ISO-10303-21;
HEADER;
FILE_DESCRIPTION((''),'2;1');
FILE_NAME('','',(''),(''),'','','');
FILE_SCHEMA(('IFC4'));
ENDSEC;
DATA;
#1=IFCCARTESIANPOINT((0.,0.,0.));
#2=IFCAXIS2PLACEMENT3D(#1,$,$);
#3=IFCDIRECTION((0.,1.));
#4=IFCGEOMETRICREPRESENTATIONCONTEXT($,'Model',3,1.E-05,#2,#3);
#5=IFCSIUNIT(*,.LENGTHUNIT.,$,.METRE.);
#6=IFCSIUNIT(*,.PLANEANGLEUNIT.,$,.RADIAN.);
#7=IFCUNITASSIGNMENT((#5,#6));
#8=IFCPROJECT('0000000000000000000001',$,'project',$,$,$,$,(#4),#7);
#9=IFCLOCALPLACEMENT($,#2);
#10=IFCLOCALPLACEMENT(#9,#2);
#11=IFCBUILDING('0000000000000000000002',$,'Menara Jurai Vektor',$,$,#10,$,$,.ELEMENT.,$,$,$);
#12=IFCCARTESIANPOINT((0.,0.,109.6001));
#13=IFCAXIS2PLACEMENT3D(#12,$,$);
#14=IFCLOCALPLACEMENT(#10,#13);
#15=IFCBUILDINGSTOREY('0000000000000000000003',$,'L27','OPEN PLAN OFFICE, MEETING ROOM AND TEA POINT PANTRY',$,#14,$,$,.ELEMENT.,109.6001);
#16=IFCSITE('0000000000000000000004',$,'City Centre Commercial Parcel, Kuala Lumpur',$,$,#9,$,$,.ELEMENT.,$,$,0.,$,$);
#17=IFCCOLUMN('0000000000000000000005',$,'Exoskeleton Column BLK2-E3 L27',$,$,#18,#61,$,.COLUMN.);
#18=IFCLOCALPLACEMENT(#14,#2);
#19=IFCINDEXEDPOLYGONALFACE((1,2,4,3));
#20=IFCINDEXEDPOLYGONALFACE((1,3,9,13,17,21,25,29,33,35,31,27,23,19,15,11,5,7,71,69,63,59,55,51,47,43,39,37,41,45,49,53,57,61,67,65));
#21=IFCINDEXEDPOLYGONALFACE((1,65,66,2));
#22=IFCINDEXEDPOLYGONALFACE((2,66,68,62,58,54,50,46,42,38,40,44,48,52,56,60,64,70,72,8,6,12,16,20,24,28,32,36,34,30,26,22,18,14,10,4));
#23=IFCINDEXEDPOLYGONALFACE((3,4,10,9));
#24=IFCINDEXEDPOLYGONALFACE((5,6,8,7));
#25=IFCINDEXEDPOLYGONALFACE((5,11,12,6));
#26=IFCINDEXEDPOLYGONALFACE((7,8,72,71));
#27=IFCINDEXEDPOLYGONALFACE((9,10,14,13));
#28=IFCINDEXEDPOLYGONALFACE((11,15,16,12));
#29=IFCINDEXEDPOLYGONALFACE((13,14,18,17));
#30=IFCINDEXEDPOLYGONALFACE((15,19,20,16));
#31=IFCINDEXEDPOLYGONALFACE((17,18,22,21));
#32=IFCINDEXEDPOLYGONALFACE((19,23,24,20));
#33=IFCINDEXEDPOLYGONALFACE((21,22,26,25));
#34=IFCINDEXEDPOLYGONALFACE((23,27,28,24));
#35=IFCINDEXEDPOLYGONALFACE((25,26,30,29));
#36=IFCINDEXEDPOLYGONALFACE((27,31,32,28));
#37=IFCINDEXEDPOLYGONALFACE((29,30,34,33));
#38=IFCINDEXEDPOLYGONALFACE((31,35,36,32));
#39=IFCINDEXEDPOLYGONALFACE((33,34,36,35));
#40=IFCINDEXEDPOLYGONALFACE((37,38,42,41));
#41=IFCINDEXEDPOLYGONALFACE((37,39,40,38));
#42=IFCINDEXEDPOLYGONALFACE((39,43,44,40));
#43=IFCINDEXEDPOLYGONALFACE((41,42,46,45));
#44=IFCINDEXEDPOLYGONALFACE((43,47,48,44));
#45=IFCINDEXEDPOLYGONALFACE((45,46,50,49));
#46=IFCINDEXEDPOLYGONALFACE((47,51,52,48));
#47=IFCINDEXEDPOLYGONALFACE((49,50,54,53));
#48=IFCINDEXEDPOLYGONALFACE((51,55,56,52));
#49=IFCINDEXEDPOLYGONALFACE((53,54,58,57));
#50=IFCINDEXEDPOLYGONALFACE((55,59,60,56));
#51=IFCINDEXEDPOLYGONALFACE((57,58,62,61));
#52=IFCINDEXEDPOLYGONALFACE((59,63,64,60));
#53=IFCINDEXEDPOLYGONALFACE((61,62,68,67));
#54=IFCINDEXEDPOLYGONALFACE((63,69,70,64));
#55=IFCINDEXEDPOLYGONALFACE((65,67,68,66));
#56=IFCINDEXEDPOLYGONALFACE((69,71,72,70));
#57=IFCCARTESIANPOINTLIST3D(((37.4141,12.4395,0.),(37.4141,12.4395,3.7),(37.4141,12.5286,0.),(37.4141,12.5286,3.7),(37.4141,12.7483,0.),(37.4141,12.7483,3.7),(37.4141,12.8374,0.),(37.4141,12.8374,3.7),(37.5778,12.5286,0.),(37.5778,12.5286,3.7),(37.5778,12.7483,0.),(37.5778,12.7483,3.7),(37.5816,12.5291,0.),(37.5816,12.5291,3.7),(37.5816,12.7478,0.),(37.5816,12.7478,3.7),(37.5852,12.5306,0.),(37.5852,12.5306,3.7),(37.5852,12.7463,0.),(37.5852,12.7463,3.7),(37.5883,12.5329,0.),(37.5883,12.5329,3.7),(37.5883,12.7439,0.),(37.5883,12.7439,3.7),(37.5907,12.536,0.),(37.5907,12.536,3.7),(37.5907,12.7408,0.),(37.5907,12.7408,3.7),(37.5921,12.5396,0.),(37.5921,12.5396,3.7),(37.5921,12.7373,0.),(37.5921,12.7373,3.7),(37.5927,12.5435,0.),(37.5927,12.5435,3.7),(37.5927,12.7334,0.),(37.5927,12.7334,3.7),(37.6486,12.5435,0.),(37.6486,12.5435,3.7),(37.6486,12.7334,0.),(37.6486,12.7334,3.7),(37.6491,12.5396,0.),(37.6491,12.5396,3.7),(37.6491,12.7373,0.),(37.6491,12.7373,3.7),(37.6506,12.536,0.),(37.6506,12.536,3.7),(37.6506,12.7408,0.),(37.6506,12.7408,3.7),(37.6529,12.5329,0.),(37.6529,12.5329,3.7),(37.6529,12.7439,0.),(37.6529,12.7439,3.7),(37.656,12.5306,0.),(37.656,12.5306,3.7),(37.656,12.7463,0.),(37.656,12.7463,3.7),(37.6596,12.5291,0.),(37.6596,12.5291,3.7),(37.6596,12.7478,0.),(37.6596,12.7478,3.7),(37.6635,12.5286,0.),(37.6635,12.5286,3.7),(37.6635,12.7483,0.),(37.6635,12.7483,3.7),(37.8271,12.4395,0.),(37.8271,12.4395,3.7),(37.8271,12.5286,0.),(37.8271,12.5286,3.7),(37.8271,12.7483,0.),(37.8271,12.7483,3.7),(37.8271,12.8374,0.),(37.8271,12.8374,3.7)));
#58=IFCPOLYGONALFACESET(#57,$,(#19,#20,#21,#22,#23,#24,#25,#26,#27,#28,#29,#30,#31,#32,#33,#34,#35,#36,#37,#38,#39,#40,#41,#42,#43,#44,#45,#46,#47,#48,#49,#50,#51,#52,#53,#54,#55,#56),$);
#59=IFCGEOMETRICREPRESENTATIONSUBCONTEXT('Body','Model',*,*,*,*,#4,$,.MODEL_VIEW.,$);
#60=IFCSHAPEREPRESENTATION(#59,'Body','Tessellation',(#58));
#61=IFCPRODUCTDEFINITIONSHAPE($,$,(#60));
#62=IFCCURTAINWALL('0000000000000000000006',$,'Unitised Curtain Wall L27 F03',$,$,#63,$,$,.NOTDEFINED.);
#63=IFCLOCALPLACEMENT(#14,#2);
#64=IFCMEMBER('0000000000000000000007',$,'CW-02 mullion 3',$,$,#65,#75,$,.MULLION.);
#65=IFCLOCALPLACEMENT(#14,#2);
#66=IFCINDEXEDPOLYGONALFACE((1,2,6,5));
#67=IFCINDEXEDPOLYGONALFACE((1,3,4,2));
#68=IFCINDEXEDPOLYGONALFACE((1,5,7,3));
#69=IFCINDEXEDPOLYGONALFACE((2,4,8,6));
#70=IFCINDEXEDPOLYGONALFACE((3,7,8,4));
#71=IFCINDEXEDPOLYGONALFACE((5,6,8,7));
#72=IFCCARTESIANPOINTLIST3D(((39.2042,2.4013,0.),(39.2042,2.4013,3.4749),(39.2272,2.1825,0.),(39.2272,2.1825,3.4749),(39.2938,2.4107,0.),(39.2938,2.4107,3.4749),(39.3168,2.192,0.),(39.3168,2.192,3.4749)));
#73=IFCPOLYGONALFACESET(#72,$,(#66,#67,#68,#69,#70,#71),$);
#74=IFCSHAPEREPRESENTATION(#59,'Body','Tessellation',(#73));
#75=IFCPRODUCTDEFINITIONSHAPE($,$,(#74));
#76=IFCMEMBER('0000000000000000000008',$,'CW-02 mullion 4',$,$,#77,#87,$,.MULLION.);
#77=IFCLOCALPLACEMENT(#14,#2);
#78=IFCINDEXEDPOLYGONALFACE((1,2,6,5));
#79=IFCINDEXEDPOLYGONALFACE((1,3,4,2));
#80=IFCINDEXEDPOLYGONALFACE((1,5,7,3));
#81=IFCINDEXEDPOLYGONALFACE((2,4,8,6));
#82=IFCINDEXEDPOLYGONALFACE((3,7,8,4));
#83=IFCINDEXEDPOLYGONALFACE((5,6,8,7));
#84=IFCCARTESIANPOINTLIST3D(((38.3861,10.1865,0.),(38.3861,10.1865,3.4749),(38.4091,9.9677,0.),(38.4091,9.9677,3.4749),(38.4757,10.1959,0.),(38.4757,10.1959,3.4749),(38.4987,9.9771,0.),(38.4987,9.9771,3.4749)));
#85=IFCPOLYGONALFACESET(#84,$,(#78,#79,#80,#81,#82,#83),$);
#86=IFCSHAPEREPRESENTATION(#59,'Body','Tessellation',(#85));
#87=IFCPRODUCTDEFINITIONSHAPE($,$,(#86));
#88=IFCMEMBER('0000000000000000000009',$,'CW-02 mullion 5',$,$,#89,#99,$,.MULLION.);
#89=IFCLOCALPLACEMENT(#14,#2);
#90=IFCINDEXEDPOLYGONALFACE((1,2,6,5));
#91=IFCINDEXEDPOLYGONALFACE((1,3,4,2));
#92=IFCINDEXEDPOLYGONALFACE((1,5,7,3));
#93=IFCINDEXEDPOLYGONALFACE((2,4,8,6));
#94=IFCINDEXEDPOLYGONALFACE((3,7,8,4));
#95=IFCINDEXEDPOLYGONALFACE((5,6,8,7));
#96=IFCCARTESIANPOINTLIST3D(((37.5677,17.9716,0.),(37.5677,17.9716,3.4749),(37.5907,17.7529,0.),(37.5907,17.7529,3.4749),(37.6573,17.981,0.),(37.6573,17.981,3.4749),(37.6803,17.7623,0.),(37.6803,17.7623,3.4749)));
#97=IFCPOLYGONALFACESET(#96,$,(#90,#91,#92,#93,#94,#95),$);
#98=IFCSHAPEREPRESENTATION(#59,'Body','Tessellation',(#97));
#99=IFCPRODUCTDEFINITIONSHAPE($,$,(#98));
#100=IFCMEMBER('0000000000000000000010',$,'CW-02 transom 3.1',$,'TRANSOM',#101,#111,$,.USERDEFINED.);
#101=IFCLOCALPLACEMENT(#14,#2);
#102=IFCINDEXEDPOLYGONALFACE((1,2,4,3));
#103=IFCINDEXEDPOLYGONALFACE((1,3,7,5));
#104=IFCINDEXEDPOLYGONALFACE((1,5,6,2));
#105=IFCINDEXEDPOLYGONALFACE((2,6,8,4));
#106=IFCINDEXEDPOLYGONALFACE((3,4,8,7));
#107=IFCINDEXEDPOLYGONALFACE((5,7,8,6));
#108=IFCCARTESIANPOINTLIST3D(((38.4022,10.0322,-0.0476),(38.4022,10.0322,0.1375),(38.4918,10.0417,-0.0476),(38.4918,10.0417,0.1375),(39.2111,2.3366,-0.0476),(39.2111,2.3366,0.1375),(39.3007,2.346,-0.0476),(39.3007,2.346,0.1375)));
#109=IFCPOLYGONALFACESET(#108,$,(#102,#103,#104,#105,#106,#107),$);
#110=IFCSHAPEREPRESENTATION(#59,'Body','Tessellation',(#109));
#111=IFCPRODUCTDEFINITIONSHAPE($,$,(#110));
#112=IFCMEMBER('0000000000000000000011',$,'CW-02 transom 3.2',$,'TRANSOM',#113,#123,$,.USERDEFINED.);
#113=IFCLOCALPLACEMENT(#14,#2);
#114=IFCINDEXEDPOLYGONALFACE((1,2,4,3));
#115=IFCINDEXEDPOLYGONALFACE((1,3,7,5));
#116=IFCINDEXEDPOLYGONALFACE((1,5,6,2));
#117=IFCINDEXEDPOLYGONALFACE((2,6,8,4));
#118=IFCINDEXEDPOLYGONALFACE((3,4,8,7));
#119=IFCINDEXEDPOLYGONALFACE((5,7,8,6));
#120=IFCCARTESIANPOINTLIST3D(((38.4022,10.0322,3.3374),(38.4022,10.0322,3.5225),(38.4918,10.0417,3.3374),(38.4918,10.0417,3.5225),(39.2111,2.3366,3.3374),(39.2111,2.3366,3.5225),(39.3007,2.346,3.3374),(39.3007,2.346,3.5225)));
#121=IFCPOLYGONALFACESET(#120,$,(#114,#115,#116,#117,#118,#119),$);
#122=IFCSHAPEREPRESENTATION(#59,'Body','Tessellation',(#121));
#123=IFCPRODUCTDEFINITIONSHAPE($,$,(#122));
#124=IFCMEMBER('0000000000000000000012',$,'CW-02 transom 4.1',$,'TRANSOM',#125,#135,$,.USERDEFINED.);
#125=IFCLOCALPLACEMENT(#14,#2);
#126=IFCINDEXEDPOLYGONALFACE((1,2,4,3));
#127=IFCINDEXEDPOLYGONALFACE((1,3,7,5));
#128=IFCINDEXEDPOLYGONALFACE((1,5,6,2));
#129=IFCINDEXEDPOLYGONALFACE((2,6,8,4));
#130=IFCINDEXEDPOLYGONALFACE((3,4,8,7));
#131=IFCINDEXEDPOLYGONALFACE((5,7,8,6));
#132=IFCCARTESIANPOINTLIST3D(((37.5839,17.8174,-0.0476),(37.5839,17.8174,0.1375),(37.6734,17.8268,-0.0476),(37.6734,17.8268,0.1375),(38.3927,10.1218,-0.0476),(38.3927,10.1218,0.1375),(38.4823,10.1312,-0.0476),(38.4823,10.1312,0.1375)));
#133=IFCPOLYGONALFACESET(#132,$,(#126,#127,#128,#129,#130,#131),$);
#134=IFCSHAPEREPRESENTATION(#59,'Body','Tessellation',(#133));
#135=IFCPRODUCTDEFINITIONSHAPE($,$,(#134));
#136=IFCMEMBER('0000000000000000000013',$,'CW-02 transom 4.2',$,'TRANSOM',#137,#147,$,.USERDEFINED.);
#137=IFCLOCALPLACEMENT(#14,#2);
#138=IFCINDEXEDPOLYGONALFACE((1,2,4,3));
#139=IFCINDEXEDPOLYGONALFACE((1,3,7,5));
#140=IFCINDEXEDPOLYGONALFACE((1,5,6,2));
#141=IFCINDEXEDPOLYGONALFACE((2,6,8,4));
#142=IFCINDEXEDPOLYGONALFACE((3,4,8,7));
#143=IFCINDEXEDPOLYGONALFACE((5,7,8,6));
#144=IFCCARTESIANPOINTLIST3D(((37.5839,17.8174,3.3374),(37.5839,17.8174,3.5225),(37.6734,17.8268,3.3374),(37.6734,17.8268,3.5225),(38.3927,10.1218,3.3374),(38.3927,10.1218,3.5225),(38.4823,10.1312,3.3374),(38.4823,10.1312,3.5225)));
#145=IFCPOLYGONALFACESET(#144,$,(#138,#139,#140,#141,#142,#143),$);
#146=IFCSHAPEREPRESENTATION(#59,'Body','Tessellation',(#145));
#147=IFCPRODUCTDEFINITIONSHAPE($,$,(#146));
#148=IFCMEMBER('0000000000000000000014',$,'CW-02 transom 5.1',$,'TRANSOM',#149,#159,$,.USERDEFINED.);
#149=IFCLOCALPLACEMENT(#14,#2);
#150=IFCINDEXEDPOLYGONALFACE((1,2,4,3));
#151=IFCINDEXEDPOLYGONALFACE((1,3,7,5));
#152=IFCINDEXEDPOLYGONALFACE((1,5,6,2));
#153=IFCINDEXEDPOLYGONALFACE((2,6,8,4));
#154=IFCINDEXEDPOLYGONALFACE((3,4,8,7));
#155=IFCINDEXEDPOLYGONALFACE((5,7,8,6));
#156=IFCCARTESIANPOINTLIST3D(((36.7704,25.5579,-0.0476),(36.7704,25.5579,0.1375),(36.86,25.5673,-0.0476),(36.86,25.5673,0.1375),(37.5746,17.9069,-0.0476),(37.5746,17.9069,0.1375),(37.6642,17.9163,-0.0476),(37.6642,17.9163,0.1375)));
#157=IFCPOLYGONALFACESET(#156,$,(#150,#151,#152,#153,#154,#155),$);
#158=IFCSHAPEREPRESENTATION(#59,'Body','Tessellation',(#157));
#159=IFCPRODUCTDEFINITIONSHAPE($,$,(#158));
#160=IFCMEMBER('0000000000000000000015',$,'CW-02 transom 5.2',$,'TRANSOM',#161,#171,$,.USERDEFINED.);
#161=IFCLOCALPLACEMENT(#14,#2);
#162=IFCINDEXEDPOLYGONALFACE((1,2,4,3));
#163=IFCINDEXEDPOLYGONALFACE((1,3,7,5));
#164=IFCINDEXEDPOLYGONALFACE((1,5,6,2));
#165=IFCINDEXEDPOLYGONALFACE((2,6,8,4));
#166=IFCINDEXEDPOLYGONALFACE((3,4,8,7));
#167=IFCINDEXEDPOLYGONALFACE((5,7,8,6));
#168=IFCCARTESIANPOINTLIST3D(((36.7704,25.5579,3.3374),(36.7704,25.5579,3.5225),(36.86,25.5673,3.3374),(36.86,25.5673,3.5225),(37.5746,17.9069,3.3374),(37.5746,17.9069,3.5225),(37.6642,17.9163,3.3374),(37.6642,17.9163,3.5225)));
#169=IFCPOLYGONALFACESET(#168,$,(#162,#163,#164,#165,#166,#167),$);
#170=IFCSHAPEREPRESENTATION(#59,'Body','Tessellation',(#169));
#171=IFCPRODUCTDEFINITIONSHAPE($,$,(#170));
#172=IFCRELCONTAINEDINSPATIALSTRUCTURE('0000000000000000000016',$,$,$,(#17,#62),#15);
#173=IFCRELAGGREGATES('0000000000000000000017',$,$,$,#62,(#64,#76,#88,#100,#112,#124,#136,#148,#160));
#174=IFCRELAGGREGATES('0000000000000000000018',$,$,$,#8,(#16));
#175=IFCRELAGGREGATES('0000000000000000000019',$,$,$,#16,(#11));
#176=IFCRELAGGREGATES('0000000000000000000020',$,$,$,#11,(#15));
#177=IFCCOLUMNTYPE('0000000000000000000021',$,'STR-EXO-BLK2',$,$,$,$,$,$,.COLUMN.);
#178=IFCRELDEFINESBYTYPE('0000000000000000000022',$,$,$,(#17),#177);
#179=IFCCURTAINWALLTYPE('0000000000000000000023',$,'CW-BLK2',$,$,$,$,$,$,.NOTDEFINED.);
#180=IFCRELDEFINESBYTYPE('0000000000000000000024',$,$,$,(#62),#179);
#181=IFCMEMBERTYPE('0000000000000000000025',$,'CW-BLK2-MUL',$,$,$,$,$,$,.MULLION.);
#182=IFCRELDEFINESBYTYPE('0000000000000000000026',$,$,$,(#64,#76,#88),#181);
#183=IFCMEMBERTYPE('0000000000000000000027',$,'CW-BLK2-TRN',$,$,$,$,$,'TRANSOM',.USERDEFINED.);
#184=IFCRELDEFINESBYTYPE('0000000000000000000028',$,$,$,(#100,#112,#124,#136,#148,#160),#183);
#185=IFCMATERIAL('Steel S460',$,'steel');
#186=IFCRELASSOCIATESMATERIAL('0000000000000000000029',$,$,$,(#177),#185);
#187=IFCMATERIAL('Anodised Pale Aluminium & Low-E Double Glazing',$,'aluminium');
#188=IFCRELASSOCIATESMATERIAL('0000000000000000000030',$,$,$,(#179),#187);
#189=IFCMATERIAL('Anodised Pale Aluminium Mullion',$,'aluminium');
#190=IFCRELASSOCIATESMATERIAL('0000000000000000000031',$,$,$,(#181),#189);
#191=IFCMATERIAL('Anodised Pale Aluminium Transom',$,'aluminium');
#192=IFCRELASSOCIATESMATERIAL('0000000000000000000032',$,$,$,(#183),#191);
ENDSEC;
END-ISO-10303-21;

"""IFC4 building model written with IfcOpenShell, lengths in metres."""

from ifc_helpers import new_model, si_unit, direction, frame, origin, origin_2d, place, context, subcontext, project, spatial, rectangle, i_section, extrude, material, material_profile, profile_set, type_object, element, aggregate, save


model = new_model("IFC4")

# Units and contexts
model_context = context("Model", 3, precision=1e-05, world=origin(), true_north=direction((0.0, 1.0)))
body_context = subcontext(model_context, "Body", "Model", "MODEL_VIEW")
ifc_project = project(units=[si_unit("LENGTHUNIT", "METRE"), si_unit("PLANEANGLEUNIT", "RADIAN")], contexts=[model_context])

# Site, building, storey
site_placement = place(None, origin())
site = spatial("IfcSite", under=ifc_project, at=site_placement, Name="City Centre Commercial Parcel, Kuala Lumpur", CompositionType="ELEMENT", RefElevation=0.0)
building_placement = place(site_placement, origin())
building = spatial("IfcBuilding", under=site, at=building_placement, Name="Menara Jurai Vektor", CompositionType="ELEMENT")
storey_placement = place(building_placement, frame((0.0, 0.0, 109.6001)))
storey = spatial("IfcBuildingStorey", under=building, at=storey_placement, Name="L27", Description="OPEN PLAN OFFICE, MEETING ROOM AND TEA POINT PANTRY", CompositionType="ELEMENT", Elevation=109.6001)

# Column
ifc_material_1 = material(Name="Steel S460", Category="steel")
ifc_material_profile_1 = material_profile(ifc_material_1, i_section(OverallWidth=0.4131, OverallDepth=0.3979, WebThickness=0.0559, FlangeThickness=0.0891, FilletRadius=0.0149, at=origin_2d()), Name="HD 400x744")
ifc_profile_set_1 = profile_set([ifc_material_profile_1], Name="Steel S460")
column_type = type_object("IfcColumnType", Name="STR-EXO-BLK2", PredefinedType="COLUMN", material=ifc_profile_set_1)
column_placement = place(storey_placement, frame((37.6206, 12.6384, 0.0), z_axis=(0.0, 0.0, 1.0), x_axis=(1.0, 0.0, 0.0)))
element("IfcColumn", 1, at=column_placement, inside=storey, type_object=column_type, Name="Exoskeleton Column BLK2-E3 L27", PredefinedType="COLUMN", context=body_context, shape_type="SweptSolid", body=[
    extrude(i_section(OverallWidth=0.4131, OverallDepth=0.3979, WebThickness=0.0559, FlangeThickness=0.0891, FilletRadius=0.0149, at=origin_2d()), origin(), (0.0, 0.0, 1.0), 3.7),
])

# Curtain wall, members
ifc_material_2 = material(Name="Anodised Pale Aluminium & Low-E Double Glazing", Category="aluminium")
curtain_wall_type = type_object("IfcCurtainWallType", Name="CW-BLK2", PredefinedType="NOTDEFINED", material=ifc_material_2)
curtain_wall_placement = place(storey_placement, origin())
curtain_wall = element("IfcCurtainWall", 2, at=curtain_wall_placement, inside=storey, type_object=curtain_wall_type, Name="Unitised Curtain Wall L27 F03", PredefinedType="NOTDEFINED")
ifc_material_3 = material(Name="Anodised Pale Aluminium Mullion", Category="aluminium")
ifc_material_profile_2 = material_profile(ifc_material_3, rectangle(XDim=0.0901, YDim=0.22, at=origin_2d()), Name="ALU MUL 90x220")
ifc_profile_set_2 = profile_set([ifc_material_profile_2], Name="Anodised Pale Aluminium Mullion")
member_type_1 = type_object("IfcMemberType", Name="CW-BLK2-MUL", PredefinedType="MULLION", material=ifc_profile_set_2)
member_1_placement = place(storey_placement, frame((39.2605, 2.2966, 0.0), z_axis=(0.0, 0.0, 1.0), x_axis=(-0.994522, -0.10453, 0.0)))
member_1 = element("IfcMember", 3, at=member_1_placement, type_object=member_type_1, Name="CW-02 mullion 3", PredefinedType="MULLION", context=body_context, shape_type="SweptSolid", body=[
    extrude(rectangle(XDim=0.0901, YDim=0.22, at=origin_2d()), origin(), (0.0, 0.0, 1.0), 3.4749),
])
member_2_placement = place(storey_placement, frame((38.4424, 10.0818, 0.0), z_axis=(0.0, 0.0, 1.0), x_axis=(-0.994522, -0.10453, 0.0)))
member_2 = element("IfcMember", 4, at=member_2_placement, type_object=member_type_1, Name="CW-02 mullion 4", PredefinedType="MULLION", context=body_context, shape_type="SweptSolid", body=[
    extrude(rectangle(XDim=0.0901, YDim=0.22, at=origin_2d()), origin(), (0.0, 0.0, 1.0), 3.4749),
])
member_3_placement = place(storey_placement, frame((37.624, 17.8669, 0.0), z_axis=(0.0, 0.0, 1.0), x_axis=(-0.994522, -0.10453, 0.0)))
member_3 = element("IfcMember", 5, at=member_3_placement, type_object=member_type_1, Name="CW-02 mullion 5", PredefinedType="MULLION", context=body_context, shape_type="SweptSolid", body=[
    extrude(rectangle(XDim=0.0901, YDim=0.22, at=origin_2d()), origin(), (0.0, 0.0, 1.0), 3.4749),
])
ifc_material_4 = material(Name="Anodised Pale Aluminium Transom", Category="aluminium")
ifc_material_profile_3 = material_profile(ifc_material_4, rectangle(XDim=0.0901, YDim=0.1851, at=origin_2d()), Name="ALU TRN 90x185")
ifc_profile_set_3 = profile_set([ifc_material_profile_3], Name="Anodised Pale Aluminium Transom")
member_type_2 = type_object("IfcMemberType", Name="CW-BLK2-TRN", ElementType="TRANSOM", PredefinedType="USERDEFINED", material=ifc_profile_set_3)
member_4_placement = place(storey_placement, frame((39.2559, 2.3413, 0.0449), z_axis=(-0.104529, 0.994522, 0.0), x_axis=(-0.994522, -0.104529, 0.0)))
member_4 = element("IfcMember", 6, at=member_4_placement, type_object=member_type_2, Name="CW-02 transom 3.1", ObjectType="TRANSOM", PredefinedType="USERDEFINED", context=body_context, shape_type="SweptSolid", body=[
    extrude(rectangle(XDim=0.0901, YDim=0.1851, at=origin_2d()), origin(), (0.0, 0.0, 1.0), 7.738),
])
member_5_placement = place(storey_placement, frame((39.2559, 2.3413, 3.4299), z_axis=(-0.104529, 0.994522, 0.0), x_axis=(-0.994522, -0.104529, 0.0)))
member_5 = element("IfcMember", 7, at=member_5_placement, type_object=member_type_2, Name="CW-02 transom 3.2", ObjectType="TRANSOM", PredefinedType="USERDEFINED", context=body_context, shape_type="SweptSolid", body=[
    extrude(rectangle(XDim=0.0901, YDim=0.1851, at=origin_2d()), origin(), (0.0, 0.0, 1.0), 7.738),
])
member_6_placement = place(storey_placement, frame((38.4375, 10.1265, 0.0449), z_axis=(-0.104529, 0.994522, 0.0), x_axis=(-0.994522, -0.104529, 0.0)))
member_6 = element("IfcMember", 8, at=member_6_placement, type_object=member_type_2, Name="CW-02 transom 4.1", ObjectType="TRANSOM", PredefinedType="USERDEFINED", context=body_context, shape_type="SweptSolid", body=[
    extrude(rectangle(XDim=0.0901, YDim=0.1851, at=origin_2d()), origin(), (0.0, 0.0, 1.0), 7.738),
])
member_7_placement = place(storey_placement, frame((38.4375, 10.1265, 3.4299), z_axis=(-0.104529, 0.994522, 0.0), x_axis=(-0.994522, -0.104529, 0.0)))
member_7 = element("IfcMember", 9, at=member_7_placement, type_object=member_type_2, Name="CW-02 transom 4.2", ObjectType="TRANSOM", PredefinedType="USERDEFINED", context=body_context, shape_type="SweptSolid", body=[
    extrude(rectangle(XDim=0.0901, YDim=0.1851, at=origin_2d()), origin(), (0.0, 0.0, 1.0), 7.738),
])
member_8_placement = place(storey_placement, frame((37.6194, 17.9116, 0.0449), z_axis=(-0.104536, 0.994521, 0.0), x_axis=(-0.994521, -0.104536, 0.0)))
member_8 = element("IfcMember", 10, at=member_8_placement, type_object=member_type_2, Name="CW-02 transom 5.1", ObjectType="TRANSOM", PredefinedType="USERDEFINED", context=body_context, shape_type="SweptSolid", body=[
    extrude(rectangle(XDim=0.0901, YDim=0.1851, at=origin_2d()), origin(), (0.0, 0.0, 1.0), 7.6931),
])
member_9_placement = place(storey_placement, frame((37.6194, 17.9116, 3.4299), z_axis=(-0.104536, 0.994521, 0.0), x_axis=(-0.994521, -0.104536, 0.0)))
member_9 = element("IfcMember", 11, at=member_9_placement, type_object=member_type_2, Name="CW-02 transom 5.2", ObjectType="TRANSOM", PredefinedType="USERDEFINED", context=body_context, shape_type="SweptSolid", body=[
    extrude(rectangle(XDim=0.0901, YDim=0.1851, at=origin_2d()), origin(), (0.0, 0.0, 1.0), 7.6931),
])

aggregate(curtain_wall, [member_1, member_2, member_3, member_4, member_5, member_6, member_7, member_8, member_9])

save(model, "model.ifc")
